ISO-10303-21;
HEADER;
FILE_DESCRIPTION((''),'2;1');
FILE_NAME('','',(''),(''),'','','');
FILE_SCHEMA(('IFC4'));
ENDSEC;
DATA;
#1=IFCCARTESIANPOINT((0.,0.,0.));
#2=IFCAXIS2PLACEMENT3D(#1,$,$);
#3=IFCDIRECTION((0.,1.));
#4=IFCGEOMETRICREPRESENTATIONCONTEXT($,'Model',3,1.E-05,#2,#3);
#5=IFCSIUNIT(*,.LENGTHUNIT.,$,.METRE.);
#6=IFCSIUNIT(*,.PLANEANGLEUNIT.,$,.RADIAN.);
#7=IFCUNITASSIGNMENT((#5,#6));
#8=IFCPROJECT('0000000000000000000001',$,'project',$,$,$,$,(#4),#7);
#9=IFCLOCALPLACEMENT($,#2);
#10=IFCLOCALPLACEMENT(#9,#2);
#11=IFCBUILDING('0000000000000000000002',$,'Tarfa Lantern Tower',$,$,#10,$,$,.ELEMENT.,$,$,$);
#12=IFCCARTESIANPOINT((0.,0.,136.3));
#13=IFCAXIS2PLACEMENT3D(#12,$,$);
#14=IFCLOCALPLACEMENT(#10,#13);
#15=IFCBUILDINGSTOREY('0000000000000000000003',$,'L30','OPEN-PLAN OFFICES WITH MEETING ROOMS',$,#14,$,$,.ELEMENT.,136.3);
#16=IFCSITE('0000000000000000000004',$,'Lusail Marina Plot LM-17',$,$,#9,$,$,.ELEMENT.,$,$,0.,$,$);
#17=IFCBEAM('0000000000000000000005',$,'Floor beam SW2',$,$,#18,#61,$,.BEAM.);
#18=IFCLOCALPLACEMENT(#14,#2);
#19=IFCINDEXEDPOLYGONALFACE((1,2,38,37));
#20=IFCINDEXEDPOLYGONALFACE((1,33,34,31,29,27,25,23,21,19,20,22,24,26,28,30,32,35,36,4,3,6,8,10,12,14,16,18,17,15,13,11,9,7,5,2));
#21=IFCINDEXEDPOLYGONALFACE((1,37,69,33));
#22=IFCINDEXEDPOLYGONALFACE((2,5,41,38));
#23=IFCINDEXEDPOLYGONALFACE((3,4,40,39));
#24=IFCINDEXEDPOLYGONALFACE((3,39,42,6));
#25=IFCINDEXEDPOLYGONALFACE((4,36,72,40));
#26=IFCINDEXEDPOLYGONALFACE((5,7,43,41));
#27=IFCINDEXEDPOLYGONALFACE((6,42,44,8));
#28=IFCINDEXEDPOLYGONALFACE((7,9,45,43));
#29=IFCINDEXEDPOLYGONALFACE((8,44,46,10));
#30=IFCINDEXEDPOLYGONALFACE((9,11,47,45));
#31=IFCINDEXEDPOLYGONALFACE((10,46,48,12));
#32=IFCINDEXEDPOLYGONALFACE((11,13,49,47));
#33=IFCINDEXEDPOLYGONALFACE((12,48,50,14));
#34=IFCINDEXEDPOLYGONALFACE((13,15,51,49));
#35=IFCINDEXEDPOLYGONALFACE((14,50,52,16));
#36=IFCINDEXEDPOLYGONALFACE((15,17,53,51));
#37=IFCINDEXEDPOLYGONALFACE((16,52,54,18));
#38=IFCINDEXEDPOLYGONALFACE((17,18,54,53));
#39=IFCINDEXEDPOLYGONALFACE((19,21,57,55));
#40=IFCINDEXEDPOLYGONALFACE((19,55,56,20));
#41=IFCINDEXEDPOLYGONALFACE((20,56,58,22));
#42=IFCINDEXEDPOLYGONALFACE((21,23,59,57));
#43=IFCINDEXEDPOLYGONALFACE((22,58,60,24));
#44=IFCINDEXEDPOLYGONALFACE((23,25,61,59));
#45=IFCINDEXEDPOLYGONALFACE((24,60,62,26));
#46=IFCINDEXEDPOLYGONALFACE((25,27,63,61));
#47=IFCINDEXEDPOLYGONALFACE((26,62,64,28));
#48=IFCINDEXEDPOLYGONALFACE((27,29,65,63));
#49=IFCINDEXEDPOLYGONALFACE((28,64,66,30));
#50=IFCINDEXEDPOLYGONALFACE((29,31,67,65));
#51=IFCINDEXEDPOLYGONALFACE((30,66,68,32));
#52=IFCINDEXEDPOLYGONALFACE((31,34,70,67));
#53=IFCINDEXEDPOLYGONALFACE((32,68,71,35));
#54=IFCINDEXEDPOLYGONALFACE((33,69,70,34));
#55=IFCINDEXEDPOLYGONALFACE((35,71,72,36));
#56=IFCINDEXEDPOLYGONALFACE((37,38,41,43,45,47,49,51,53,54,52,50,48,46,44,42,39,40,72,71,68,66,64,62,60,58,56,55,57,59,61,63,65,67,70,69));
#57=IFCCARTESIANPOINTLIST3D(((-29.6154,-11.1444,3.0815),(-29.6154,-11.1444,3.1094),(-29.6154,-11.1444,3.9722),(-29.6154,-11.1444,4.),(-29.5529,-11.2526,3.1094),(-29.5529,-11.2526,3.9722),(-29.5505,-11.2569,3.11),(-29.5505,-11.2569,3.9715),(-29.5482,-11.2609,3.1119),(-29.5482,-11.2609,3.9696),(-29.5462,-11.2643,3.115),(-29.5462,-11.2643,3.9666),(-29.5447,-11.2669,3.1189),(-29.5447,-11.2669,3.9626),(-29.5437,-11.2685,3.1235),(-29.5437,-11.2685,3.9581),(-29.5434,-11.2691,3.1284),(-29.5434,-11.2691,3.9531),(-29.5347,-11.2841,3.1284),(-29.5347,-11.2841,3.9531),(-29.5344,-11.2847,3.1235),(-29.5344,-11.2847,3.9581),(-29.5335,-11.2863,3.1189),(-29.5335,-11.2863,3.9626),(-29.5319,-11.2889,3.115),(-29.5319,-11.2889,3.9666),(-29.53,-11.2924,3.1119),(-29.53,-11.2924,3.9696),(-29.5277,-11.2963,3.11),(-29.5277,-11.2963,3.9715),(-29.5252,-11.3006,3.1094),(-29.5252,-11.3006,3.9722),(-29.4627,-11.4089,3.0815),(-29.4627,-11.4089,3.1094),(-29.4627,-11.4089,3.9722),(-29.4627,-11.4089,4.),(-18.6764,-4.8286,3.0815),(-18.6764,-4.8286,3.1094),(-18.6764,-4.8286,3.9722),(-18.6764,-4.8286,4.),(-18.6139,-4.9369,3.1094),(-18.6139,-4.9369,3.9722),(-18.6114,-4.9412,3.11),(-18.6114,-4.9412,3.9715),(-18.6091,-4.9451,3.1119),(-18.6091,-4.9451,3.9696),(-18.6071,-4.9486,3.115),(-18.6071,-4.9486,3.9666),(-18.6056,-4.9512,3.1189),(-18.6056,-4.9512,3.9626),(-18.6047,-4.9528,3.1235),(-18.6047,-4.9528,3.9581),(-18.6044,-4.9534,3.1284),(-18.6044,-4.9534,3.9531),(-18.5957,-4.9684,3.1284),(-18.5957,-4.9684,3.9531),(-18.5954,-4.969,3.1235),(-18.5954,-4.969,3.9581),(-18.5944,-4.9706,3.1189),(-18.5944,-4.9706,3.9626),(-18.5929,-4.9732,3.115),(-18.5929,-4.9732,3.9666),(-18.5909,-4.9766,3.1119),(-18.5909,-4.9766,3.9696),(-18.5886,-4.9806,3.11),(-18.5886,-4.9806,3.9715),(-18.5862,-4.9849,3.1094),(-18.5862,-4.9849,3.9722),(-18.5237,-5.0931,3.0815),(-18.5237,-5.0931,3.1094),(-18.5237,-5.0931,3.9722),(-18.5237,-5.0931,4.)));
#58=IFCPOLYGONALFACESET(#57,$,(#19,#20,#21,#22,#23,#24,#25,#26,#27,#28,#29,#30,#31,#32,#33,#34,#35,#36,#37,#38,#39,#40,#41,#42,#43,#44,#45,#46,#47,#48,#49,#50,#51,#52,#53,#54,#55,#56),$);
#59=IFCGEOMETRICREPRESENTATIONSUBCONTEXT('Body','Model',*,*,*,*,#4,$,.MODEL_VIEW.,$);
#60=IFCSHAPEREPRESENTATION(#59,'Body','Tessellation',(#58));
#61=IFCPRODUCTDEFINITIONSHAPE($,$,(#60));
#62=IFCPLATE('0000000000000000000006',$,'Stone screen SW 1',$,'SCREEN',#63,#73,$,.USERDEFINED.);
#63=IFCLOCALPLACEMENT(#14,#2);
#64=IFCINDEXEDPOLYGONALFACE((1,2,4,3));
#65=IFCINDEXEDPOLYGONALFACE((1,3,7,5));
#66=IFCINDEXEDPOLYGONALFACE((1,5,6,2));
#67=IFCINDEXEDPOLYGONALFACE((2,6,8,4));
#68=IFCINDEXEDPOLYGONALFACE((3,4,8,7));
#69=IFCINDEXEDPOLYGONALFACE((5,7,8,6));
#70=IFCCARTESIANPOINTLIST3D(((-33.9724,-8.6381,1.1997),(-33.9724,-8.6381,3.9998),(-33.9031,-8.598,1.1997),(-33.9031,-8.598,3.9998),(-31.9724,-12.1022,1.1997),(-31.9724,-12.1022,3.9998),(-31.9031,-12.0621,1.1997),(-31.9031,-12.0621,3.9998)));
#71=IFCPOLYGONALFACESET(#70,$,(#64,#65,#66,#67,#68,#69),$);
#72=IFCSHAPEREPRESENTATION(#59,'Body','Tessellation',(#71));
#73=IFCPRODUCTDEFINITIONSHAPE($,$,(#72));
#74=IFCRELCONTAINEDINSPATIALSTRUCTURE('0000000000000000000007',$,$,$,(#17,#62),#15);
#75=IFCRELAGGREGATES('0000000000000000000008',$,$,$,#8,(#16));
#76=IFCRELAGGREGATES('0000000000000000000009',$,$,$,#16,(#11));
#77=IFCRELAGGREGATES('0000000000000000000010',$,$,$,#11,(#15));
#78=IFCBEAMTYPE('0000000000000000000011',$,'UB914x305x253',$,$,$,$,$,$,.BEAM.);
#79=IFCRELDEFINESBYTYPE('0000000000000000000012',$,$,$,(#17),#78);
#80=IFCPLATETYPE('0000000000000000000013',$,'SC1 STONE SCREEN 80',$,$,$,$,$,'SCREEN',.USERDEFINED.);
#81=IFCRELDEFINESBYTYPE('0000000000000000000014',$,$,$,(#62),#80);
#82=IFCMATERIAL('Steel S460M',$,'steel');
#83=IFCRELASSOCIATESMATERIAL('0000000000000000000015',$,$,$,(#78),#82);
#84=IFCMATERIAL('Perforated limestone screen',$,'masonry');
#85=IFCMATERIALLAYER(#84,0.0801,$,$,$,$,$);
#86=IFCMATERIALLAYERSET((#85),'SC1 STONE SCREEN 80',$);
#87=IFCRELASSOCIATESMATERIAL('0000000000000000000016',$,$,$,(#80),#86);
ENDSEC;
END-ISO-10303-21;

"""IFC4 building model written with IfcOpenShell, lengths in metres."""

from ifc_helpers import new_model, si_unit, direction, frame, origin, origin_2d, place, context, subcontext, project, spatial, rectangle, i_section, extrude, material, layer, layer_set, material_profile, profile_set, type_object, element, save


model = new_model("IFC4")

# Units and contexts
model_context = context("Model", 3, precision=1e-05, world=origin(), true_north=direction((0.0, 1.0)))
body_context = subcontext(model_context, "Body", "Model", "MODEL_VIEW")
ifc_project = project(units=[si_unit("LENGTHUNIT", "METRE"), si_unit("PLANEANGLEUNIT", "RADIAN")], contexts=[model_context])

# Site, building, storey
site_placement = place(None, origin())
site = spatial("IfcSite", under=ifc_project, at=site_placement, Name="Lusail Marina Plot LM-17", CompositionType="ELEMENT", RefElevation=0.0)
building_placement = place(site_placement, origin())
building = spatial("IfcBuilding", under=site, at=building_placement, Name="Tarfa Lantern Tower", CompositionType="ELEMENT")
storey_placement = place(building_placement, frame((0.0, 0.0, 136.3)))
storey = spatial("IfcBuildingStorey", under=building, at=storey_placement, Name="L30", Description="OPEN-PLAN OFFICES WITH MEETING ROOMS", CompositionType="ELEMENT", Elevation=136.3)

# Beam
ifc_material_1 = material(Name="Steel S460M", Category="steel")
ifc_material_profile_1 = material_profile(ifc_material_1, i_section(OverallWidth=0.3054, OverallDepth=0.9185, WebThickness=0.0173, FlangeThickness=0.0278, FilletRadius=0.019, at=origin_2d()), Name="UB914x305x253")
ifc_profile_set_1 = profile_set([ifc_material_profile_1], Name="Steel S460M")
beam_type_1 = type_object("IfcBeamType", Name="UB914x305x253", PredefinedType="BEAM", material=ifc_profile_set_1)
beam_1_placement = place(storey_placement, frame((-29.5391, -11.2766, 3.5408), z_axis=(0.866023, 0.500004, 0.0), x_axis=(-0.500004, 0.866023, 0.0)))
element("IfcBeam", 1, at=beam_1_placement, inside=storey, type_object=beam_type_1, Name="Floor beam SW2", PredefinedType="BEAM", context=body_context, shape_type="SweptSolid", body=[
    extrude(i_section(OverallWidth=0.3054, OverallDepth=0.9185, WebThickness=0.0173, FlangeThickness=0.0278, FilletRadius=0.019, at=origin_2d()), origin(), (0.0, 0.0, 1.0), 12.6313),
])

# Plate
ifc_material_2 = material(Name="Perforated limestone screen", Category="masonry")
ifc_layer_1 = layer(ifc_material_2, 0.0801)
ifc_layer_set_1 = layer_set([ifc_layer_1], Name="SC1 STONE SCREEN 80")
plate_type = type_object("IfcPlateType", Name="SC1 STONE SCREEN 80", ElementType="SCREEN", PredefinedType="USERDEFINED", material=ifc_layer_set_1)
plate_placement = place(storey_placement, frame((-32.9377, -10.3501, 1.1997), z_axis=(0.0, 0.0, 1.0), x_axis=(0.5, -0.866025, 0.0)))
element("IfcPlate", 2, at=plate_placement, inside=storey, type_object=plate_type, Name="Stone screen SW 1", ObjectType="SCREEN", PredefinedType="USERDEFINED", context=body_context, shape_type="SweptSolid", body=[
    extrude(rectangle(XDim=4.0, YDim=0.0801, at=origin_2d()), origin(), (0.0, 0.0, 1.0), 2.8),
])

save(model, "model.ifc")
